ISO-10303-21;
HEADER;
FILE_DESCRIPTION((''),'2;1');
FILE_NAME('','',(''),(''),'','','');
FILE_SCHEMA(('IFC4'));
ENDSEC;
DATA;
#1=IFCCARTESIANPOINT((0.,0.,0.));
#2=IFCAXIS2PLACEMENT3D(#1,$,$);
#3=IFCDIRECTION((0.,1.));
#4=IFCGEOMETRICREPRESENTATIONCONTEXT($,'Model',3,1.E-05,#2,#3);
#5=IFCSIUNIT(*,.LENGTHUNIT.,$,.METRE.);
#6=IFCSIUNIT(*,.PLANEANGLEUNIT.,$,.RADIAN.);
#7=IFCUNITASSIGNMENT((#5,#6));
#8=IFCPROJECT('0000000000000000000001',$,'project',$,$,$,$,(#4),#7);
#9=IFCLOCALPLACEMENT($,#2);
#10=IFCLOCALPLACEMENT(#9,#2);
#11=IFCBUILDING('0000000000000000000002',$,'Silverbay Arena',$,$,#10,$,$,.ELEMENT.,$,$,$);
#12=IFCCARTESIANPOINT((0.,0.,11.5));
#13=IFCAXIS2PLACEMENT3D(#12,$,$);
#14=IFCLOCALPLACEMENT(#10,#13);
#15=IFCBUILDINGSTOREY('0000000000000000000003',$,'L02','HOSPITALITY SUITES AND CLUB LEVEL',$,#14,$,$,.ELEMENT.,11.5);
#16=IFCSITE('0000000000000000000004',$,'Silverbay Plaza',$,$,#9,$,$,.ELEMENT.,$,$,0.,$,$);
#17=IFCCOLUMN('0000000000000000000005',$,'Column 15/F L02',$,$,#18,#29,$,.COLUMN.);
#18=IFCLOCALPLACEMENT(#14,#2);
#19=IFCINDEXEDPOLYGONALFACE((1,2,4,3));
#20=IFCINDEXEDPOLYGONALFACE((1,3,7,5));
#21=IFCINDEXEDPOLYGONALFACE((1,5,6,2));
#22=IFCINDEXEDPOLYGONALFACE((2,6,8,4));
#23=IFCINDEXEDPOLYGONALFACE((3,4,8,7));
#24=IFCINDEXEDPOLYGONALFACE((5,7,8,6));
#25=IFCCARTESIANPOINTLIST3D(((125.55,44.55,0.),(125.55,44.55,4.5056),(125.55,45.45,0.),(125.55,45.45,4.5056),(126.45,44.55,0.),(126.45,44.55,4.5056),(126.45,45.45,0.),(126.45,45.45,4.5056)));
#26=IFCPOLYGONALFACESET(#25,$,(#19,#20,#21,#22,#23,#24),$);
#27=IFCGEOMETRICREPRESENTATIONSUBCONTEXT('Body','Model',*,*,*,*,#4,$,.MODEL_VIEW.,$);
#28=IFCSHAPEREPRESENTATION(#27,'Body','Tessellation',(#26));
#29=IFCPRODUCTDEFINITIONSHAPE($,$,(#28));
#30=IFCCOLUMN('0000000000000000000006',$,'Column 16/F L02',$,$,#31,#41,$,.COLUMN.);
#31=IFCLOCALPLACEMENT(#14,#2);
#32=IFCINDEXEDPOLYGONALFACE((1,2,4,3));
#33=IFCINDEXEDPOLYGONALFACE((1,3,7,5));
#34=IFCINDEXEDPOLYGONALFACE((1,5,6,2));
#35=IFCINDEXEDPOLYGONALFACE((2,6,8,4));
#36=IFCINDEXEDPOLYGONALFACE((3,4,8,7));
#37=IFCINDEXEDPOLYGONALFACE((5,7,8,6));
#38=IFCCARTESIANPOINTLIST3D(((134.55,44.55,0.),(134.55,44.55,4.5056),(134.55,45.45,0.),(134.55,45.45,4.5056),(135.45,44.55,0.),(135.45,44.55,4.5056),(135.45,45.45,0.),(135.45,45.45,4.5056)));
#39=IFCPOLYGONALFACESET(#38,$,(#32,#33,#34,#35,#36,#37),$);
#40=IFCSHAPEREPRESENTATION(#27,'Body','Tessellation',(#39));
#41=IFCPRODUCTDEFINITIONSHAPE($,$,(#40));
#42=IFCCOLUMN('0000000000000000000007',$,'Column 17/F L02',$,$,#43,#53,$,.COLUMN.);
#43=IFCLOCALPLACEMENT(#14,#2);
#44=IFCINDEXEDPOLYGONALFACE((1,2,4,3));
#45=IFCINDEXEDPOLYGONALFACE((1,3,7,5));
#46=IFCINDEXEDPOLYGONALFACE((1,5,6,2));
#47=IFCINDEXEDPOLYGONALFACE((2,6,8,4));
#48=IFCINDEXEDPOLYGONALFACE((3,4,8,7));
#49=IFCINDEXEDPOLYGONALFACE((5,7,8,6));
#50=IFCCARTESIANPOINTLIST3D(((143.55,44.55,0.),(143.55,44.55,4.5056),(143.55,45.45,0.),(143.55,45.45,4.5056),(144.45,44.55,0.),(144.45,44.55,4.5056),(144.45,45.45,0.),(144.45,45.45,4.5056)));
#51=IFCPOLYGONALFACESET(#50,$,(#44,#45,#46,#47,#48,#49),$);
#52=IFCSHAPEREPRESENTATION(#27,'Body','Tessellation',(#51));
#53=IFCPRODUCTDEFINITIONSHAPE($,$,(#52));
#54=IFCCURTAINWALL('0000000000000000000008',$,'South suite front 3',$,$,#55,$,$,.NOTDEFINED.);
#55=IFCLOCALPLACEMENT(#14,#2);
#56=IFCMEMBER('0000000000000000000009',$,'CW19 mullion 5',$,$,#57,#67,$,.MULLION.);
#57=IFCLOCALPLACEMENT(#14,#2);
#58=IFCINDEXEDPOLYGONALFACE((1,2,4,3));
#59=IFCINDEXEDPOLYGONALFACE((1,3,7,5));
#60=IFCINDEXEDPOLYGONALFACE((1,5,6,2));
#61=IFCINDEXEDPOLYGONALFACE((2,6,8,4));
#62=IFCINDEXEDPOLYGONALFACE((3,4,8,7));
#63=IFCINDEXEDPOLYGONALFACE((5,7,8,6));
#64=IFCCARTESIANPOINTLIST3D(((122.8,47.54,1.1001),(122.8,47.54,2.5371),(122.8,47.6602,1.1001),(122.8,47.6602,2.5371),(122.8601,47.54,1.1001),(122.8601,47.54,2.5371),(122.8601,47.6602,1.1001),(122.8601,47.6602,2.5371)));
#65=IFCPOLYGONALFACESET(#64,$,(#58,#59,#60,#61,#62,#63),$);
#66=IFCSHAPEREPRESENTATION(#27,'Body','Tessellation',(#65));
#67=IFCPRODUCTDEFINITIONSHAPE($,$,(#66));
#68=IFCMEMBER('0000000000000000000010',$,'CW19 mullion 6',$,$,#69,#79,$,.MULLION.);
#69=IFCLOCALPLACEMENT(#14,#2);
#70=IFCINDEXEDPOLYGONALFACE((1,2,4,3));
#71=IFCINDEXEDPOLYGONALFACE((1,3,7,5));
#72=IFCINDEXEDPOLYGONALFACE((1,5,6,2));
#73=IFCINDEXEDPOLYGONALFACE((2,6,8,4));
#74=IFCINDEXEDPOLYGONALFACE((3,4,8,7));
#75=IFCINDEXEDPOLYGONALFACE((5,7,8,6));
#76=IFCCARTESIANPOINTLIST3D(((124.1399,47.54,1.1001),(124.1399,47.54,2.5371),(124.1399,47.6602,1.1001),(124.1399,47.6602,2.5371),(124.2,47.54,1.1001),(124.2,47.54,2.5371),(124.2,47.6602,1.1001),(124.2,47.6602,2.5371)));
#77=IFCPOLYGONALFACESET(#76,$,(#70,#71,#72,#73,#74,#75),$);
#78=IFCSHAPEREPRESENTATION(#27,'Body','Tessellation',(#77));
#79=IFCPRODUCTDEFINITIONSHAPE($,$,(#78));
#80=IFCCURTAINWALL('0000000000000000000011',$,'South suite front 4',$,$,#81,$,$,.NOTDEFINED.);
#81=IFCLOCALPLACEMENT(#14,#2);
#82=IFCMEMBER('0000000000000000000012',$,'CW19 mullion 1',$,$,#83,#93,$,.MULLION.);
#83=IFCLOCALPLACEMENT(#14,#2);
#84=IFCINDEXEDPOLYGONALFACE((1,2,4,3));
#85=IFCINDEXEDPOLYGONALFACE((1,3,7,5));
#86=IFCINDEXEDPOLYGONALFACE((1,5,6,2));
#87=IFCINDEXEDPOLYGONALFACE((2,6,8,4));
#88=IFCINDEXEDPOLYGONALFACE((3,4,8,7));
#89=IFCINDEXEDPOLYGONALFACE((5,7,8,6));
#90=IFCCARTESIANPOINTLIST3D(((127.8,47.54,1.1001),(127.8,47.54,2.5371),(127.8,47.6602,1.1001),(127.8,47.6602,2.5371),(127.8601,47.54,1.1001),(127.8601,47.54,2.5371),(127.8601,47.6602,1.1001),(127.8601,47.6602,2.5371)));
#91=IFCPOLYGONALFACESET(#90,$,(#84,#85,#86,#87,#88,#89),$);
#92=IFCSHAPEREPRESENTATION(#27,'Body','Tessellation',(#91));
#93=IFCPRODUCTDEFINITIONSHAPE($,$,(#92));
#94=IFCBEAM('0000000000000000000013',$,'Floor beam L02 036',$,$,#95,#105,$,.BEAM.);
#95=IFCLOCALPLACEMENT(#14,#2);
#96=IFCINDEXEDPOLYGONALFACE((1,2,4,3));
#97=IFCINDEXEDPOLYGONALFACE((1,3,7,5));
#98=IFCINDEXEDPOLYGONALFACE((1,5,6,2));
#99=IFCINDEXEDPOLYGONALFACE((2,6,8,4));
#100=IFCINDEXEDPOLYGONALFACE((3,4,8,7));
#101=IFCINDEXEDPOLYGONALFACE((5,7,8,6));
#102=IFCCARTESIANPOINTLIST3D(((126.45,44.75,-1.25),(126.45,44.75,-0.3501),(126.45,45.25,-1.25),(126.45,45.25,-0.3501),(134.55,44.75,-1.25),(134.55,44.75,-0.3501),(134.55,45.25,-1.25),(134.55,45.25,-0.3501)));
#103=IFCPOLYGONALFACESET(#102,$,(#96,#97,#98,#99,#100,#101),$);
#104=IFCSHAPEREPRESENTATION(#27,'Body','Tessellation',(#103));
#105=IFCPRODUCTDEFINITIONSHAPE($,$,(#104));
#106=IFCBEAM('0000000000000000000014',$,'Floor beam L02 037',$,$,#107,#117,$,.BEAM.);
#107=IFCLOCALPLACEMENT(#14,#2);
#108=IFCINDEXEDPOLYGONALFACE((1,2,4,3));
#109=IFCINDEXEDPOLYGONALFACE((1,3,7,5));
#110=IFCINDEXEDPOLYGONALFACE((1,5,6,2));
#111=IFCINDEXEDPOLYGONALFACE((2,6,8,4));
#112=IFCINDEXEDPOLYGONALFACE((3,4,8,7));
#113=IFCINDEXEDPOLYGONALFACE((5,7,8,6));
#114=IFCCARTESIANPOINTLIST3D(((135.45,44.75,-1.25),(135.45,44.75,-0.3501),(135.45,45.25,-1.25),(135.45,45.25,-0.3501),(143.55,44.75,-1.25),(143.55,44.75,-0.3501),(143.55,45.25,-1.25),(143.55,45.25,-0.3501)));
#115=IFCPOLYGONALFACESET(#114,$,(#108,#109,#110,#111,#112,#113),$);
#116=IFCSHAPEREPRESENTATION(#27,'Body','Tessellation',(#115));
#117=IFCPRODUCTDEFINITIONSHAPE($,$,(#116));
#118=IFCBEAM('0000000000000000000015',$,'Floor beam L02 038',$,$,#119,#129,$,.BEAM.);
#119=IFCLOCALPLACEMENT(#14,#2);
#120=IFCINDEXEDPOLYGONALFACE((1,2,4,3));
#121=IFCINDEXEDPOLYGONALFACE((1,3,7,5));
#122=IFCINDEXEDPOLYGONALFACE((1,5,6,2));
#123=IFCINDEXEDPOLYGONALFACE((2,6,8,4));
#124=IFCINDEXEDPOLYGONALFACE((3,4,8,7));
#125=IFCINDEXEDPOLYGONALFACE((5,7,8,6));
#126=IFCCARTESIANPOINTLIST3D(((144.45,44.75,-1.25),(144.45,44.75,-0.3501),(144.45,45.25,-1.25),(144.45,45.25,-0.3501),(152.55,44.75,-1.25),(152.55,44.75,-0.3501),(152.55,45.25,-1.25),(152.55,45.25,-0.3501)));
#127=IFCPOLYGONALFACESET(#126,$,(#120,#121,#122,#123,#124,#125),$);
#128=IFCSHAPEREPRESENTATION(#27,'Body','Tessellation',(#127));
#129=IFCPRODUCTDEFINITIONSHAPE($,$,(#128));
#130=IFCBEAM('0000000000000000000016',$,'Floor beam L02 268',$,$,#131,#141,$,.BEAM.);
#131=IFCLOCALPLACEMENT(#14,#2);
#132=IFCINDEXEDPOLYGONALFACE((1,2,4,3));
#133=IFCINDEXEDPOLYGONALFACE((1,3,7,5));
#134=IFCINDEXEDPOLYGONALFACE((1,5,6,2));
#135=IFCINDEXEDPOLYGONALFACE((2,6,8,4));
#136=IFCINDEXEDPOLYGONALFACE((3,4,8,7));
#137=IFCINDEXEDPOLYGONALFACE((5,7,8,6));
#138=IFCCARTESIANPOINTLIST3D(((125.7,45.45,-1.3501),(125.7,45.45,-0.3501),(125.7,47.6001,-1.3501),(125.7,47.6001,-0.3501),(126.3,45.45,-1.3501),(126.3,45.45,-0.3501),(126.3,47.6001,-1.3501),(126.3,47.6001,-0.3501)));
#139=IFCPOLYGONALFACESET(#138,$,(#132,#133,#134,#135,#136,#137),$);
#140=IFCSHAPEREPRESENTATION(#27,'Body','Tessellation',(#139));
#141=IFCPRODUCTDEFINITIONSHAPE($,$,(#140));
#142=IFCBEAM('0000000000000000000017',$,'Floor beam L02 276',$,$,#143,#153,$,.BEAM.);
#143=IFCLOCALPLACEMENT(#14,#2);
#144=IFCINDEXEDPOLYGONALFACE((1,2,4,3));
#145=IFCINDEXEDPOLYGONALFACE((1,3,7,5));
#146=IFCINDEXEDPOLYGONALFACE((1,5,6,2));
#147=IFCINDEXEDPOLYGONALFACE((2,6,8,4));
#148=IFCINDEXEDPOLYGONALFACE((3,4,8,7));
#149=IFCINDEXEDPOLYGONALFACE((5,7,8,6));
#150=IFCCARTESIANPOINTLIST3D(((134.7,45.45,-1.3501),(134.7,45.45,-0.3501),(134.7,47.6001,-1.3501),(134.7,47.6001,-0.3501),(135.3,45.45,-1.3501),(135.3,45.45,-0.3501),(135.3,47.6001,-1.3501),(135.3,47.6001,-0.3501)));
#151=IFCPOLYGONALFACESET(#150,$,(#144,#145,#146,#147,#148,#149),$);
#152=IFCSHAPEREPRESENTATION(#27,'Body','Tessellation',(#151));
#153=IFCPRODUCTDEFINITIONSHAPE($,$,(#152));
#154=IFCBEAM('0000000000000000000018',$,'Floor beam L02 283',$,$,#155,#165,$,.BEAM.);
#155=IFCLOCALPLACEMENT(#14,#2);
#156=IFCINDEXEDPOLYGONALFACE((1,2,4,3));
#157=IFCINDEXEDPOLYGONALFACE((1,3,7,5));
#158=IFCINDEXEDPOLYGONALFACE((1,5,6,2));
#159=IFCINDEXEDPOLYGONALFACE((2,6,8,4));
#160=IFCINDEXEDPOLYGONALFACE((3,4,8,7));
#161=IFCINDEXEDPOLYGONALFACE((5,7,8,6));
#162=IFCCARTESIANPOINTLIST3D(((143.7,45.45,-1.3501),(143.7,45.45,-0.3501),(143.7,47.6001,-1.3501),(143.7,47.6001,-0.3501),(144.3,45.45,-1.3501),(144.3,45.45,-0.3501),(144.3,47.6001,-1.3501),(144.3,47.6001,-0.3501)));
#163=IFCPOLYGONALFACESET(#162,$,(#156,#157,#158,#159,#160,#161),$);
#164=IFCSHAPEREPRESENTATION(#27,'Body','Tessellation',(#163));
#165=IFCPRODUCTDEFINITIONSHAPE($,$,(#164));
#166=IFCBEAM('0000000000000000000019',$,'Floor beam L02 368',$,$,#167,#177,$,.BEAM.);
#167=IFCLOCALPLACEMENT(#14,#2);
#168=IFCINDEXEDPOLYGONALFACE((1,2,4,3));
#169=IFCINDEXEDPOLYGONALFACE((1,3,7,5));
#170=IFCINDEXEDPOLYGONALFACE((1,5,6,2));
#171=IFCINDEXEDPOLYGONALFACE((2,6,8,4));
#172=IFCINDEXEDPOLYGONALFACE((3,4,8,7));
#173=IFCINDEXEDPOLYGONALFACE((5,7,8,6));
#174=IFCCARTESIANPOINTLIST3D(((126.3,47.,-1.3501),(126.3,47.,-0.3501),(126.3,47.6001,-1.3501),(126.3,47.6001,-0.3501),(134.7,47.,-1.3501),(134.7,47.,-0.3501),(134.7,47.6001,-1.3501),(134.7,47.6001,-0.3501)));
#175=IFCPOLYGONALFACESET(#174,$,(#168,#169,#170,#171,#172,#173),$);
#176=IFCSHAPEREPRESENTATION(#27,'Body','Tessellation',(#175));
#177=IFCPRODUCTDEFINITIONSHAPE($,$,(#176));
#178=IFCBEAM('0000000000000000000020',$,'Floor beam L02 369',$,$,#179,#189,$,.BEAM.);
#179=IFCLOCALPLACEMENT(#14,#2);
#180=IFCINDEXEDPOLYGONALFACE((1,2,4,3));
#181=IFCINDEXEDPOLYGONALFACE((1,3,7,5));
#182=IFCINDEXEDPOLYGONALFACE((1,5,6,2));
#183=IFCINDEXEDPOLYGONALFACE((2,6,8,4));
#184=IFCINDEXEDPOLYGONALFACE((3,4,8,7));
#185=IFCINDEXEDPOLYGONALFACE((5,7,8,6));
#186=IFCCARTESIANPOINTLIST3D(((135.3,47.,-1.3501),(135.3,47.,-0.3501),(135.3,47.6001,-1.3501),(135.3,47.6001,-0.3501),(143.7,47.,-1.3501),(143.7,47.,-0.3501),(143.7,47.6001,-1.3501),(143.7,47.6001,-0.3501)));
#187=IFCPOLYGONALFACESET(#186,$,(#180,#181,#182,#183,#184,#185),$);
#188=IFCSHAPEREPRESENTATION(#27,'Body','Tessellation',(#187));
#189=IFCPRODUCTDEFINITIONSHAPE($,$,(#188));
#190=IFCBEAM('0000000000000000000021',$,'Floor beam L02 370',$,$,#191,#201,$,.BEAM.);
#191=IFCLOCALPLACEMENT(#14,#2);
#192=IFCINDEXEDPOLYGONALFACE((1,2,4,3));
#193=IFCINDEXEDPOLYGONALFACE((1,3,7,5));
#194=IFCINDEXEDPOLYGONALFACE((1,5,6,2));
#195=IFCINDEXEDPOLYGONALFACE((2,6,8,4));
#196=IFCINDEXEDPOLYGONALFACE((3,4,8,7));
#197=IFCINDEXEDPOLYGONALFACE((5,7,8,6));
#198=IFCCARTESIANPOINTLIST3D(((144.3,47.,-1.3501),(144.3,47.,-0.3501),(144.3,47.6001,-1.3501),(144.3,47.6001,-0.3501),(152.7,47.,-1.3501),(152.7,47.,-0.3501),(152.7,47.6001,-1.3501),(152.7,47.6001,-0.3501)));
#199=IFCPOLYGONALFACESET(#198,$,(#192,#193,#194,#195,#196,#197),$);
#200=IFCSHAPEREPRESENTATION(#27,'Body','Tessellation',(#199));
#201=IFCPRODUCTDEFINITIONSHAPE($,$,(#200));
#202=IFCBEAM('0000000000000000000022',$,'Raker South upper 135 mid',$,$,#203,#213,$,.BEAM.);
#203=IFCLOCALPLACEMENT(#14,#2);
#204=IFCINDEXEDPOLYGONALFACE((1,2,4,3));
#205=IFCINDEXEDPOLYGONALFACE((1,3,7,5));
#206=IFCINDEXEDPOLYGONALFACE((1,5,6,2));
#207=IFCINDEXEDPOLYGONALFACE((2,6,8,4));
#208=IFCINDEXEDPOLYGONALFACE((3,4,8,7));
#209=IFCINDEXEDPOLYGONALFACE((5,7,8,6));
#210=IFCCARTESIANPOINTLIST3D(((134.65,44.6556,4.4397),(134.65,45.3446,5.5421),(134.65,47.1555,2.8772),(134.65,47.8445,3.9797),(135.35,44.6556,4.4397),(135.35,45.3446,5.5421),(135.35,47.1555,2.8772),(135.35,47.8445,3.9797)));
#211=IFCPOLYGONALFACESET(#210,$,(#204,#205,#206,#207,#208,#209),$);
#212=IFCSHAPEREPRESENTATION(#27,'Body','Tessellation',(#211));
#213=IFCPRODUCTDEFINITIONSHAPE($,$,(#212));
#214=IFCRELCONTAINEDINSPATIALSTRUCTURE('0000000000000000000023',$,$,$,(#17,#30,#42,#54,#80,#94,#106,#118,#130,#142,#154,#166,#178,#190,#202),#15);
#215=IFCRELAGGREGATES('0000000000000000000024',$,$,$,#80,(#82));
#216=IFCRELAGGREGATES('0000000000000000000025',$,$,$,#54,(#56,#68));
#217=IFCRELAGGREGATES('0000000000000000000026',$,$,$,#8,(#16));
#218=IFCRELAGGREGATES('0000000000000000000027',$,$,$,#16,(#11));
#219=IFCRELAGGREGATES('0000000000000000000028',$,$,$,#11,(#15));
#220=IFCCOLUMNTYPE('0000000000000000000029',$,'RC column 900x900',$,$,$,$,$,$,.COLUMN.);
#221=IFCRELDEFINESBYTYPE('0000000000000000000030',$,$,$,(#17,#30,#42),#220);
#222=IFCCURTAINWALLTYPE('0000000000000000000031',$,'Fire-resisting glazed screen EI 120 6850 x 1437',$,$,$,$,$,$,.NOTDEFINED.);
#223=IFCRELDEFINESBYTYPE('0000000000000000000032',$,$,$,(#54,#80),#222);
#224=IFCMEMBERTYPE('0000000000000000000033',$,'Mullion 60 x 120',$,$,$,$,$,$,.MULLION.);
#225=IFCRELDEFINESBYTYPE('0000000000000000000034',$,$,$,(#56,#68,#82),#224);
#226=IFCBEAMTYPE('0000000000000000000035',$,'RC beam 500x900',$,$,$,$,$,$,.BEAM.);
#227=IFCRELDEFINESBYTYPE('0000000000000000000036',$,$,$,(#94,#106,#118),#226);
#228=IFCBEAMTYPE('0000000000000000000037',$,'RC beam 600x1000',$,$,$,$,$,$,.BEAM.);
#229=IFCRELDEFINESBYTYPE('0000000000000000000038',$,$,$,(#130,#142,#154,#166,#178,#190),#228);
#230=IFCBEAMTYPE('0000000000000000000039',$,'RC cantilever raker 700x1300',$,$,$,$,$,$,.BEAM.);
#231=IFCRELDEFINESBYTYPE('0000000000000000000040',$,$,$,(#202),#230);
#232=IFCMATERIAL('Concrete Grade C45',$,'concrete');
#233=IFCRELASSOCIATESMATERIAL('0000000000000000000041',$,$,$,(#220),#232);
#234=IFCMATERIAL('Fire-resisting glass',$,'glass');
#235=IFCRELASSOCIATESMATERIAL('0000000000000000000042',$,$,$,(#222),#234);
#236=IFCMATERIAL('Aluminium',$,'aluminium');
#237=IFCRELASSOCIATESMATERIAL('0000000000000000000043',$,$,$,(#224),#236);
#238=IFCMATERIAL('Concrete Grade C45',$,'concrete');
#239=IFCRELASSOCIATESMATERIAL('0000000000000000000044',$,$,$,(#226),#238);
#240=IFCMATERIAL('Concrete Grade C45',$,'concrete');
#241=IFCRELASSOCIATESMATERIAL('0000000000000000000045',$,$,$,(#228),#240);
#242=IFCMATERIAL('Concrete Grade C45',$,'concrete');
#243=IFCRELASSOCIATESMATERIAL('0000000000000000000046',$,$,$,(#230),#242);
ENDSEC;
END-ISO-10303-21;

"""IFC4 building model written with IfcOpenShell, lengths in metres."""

from ifc_helpers import new_model, si_unit, direction, frame, origin, origin_2d, place, context, subcontext, project, spatial, rectangle, extrude, material, material_profile, profile_set, type_object, element, aggregate, save


model = new_model("IFC4")

# Units and contexts
model_context = context("Model", 3, precision=1e-05, world=origin(), true_north=direction((0.0, 1.0)))
body_context = subcontext(model_context, "Body", "Model", "MODEL_VIEW")
ifc_project = project(units=[si_unit("LENGTHUNIT", "METRE"), si_unit("PLANEANGLEUNIT", "RADIAN")], contexts=[model_context])

# Site, building, storey
site_placement = place(None, origin())
site = spatial("IfcSite", under=ifc_project, at=site_placement, Name="Silverbay Plaza", CompositionType="ELEMENT", RefElevation=0.0)
building_placement = place(site_placement, origin())
building = spatial("IfcBuilding", under=site, at=building_placement, Name="Silverbay Arena", CompositionType="ELEMENT")
storey_placement = place(building_placement, frame((0.0, 0.0, 11.5)))
storey = spatial("IfcBuildingStorey", under=building, at=storey_placement, Name="L02", Description="HOSPITALITY SUITES AND CLUB LEVEL", CompositionType="ELEMENT", Elevation=11.5)

# Columns
ifc_material_1 = material(Name="Concrete Grade C45", Category="concrete")
ifc_material_profile_1 = material_profile(ifc_material_1, rectangle(XDim=0.8999, YDim=0.8999, at=origin_2d()), Name="RC 900x900")
ifc_profile_set_1 = profile_set([ifc_material_profile_1], Name="Concrete Grade C45")
column_type = type_object("IfcColumnType", Name="RC column 900x900", PredefinedType="COLUMN", material=ifc_profile_set_1)
for number, where, z_axis, x_axis, name in (
    (1, (126.0, 45.0, 0.0), (0.0, 0.0, 1.0), (1.0, 0.0, 0.0), "Column 15/F L02"),
    (2, (135.0, 45.0, 0.0), (0.0, 0.0, 1.0), (1.0, 0.0, 0.0), "Column 16/F L02"),
    (3, (144.0, 45.0, 0.0), (0.0, 0.0, 1.0), (1.0, 0.0, 0.0), "Column 17/F L02"),
):
    element("IfcColumn", number, at=place(storey_placement, frame(where, z_axis=z_axis, x_axis=x_axis)), inside=storey, type_object=column_type, Name=name, PredefinedType="COLUMN", context=body_context, shape_type="SweptSolid", body=[
        extrude(rectangle(XDim=0.8999, YDim=0.8999, at=origin_2d()), origin(), (0.0, 0.0, 1.0), 4.5056),
    ])

# Curtain wall, members
ifc_material_2 = material(Name="Fire-resisting glass", Category="glass")
curtain_wall_type = type_object("IfcCurtainWallType", Name="Fire-resisting glazed screen EI 120 6850 x 1437", PredefinedType="NOTDEFINED", material=ifc_material_2)
curtain_wall_1_placement = place(storey_placement, origin())
curtain_wall_1 = element("IfcCurtainWall", 4, at=curtain_wall_1_placement, inside=storey, type_object=curtain_wall_type, Name="South suite front 3", PredefinedType="NOTDEFINED")
ifc_material_3 = material(Name="Aluminium", Category="aluminium")
ifc_material_profile_2 = material_profile(ifc_material_3, rectangle(XDim=0.1201, YDim=0.0601, at=origin_2d()), Name="Mullion 60 x 120")
ifc_profile_set_2 = profile_set([ifc_material_profile_2], Name="Aluminium")
member_type_1 = type_object("IfcMemberType", Name="Mullion 60 x 120", PredefinedType="MULLION", material=ifc_profile_set_2)
member_1_placement = place(storey_placement, frame((122.8301, 47.6001, 1.1001), z_axis=(0.0, 0.0, 1.0), x_axis=(0.0, 1.0, 0.0)))
member_1 = element("IfcMember", 5, at=member_1_placement, type_object=member_type_1, Name="CW19 mullion 5", PredefinedType="MULLION", context=body_context, shape_type="SweptSolid", body=[
    extrude(rectangle(XDim=0.1201, YDim=0.0601, at=origin_2d()), origin(), (0.0, 0.0, 1.0), 1.437),
])
member_2_placement = place(storey_placement, frame((124.1699, 47.6001, 1.1001), z_axis=(0.0, 0.0, 1.0), x_axis=(0.0, 1.0, 0.0)))
member_2 = element("IfcMember", 6, at=member_2_placement, type_object=member_type_1, Name="CW19 mullion 6", PredefinedType="MULLION", context=body_context, shape_type="SweptSolid", body=[
    extrude(rectangle(XDim=0.1201, YDim=0.0601, at=origin_2d()), origin(), (0.0, 0.0, 1.0), 1.437),
])

# Curtain wall, member
curtain_wall_2_placement = place(storey_placement, origin())
curtain_wall_2 = element("IfcCurtainWall", 7, at=curtain_wall_2_placement, inside=storey, type_object=curtain_wall_type, Name="South suite front 4", PredefinedType="NOTDEFINED")
member_3_placement = place(storey_placement, frame((127.8301, 47.6001, 1.1001), z_axis=(0.0, 0.0, 1.0), x_axis=(0.0, 1.0, 0.0)))
member_3 = element("IfcMember", 8, at=member_3_placement, type_object=member_type_1, Name="CW19 mullion 1", PredefinedType="MULLION", context=body_context, shape_type="SweptSolid", body=[
    extrude(rectangle(XDim=0.1201, YDim=0.0601, at=origin_2d()), origin(), (0.0, 0.0, 1.0), 1.437),
])
aggregate(curtain_wall_2, [member_3])

# Beams
ifc_material_4 = material(Name="Concrete Grade C45", Category="concrete")
ifc_material_profile_3 = material_profile(ifc_material_4, rectangle(XDim=0.5, YDim=0.8999, at=origin_2d()), Name="RC 500x900")
ifc_profile_set_3 = profile_set([ifc_material_profile_3], Name="Concrete Grade C45")
beam_type_1 = type_object("IfcBeamType", Name="RC beam 500x900", PredefinedType="BEAM", material=ifc_profile_set_3)
for number, where, z_axis, x_axis, name in (
    (9, (126.45, 45.0, -0.8), (1.0, 0.0, 0.0), (0.0, 1.0, 0.0), "Floor beam L02 036"),
    (10, (135.45, 45.0, -0.8), (1.0, 0.0, 0.0), (0.0, 1.0, 0.0), "Floor beam L02 037"),
    (11, (144.45, 45.0, -0.8), (1.0, 0.0, 0.0), (0.0, 1.0, 0.0), "Floor beam L02 038"),
):
    element("IfcBeam", number, at=place(storey_placement, frame(where, z_axis=z_axis, x_axis=x_axis)), inside=storey, type_object=beam_type_1, Name=name, PredefinedType="BEAM", context=body_context, shape_type="SweptSolid", body=[
        extrude(rectangle(XDim=0.5, YDim=0.8999, at=origin_2d()), origin(), (0.0, 0.0, 1.0), 8.1001),
    ])
ifc_material_5 = material(Name="Concrete Grade C45", Category="concrete")
ifc_material_profile_4 = material_profile(ifc_material_5, rectangle(XDim=0.6001, YDim=1.0, at=origin_2d()), Name="RC 600x1000")
ifc_profile_set_4 = profile_set([ifc_material_profile_4], Name="Concrete Grade C45")
beam_type_2 = type_object("IfcBeamType", Name="RC beam 600x1000", PredefinedType="BEAM", material=ifc_profile_set_4)
for number, where, z_axis, x_axis, name in (
    (12, (126.0, 45.45, -0.8501), (0.0, 1.0, 0.0), (-1.0, 0.0, 0.0), "Floor beam L02 268"),
    (13, (135.0, 45.45, -0.8501), (0.0, 1.0, 0.0), (-1.0, 0.0, 0.0), "Floor beam L02 276"),
    (14, (144.0, 45.45, -0.8501), (0.0, 1.0, 0.0), (-1.0, 0.0, 0.0), "Floor beam L02 283"),
):
    element("IfcBeam", number, at=place(storey_placement, frame(where, z_axis=z_axis, x_axis=x_axis)), inside=storey, type_object=beam_type_2, Name=name, PredefinedType="BEAM", context=body_context, shape_type="SweptSolid", body=[
        extrude(rectangle(XDim=0.6001, YDim=1.0, at=origin_2d()), origin(), (0.0, 0.0, 1.0), 2.1501),
    ])
for number, where, z_axis, x_axis, name in (
    (15, (126.3, 47.3, -0.8501), (1.0, 0.0, 0.0), (0.0, 1.0, 0.0), "Floor beam L02 368"),
    (16, (135.3, 47.3, -0.8501), (1.0, 0.0, 0.0), (0.0, 1.0, 0.0), "Floor beam L02 369"),
    (17, (144.3, 47.3, -0.8501), (1.0, 0.0, 0.0), (0.0, 1.0, 0.0), "Floor beam L02 370"),
):
    element("IfcBeam", number, at=place(storey_placement, frame(where, z_axis=z_axis, x_axis=x_axis)), inside=storey, type_object=beam_type_2, Name=name, PredefinedType="BEAM", context=body_context, shape_type="SweptSolid", body=[
        extrude(rectangle(XDim=0.6001, YDim=1.0, at=origin_2d()), origin(), (0.0, 0.0, 1.0), 8.3999),
    ])
ifc_material_6 = material(Name="Concrete Grade C45", Category="concrete")
ifc_material_profile_5 = material_profile(ifc_material_6, rectangle(XDim=0.7, YDim=1.3, at=origin_2d()), Name="RC 700x1300")
ifc_profile_set_5 = profile_set([ifc_material_profile_5], Name="Concrete Grade C45")
beam_type_3 = type_object("IfcBeamType", Name="RC cantilever raker 700x1300", PredefinedType="BEAM", material=ifc_profile_set_5)
beam_1_placement = place(storey_placement, frame((135.0, 47.5, 3.4285), z_axis=(0.0, -0.847998, 0.529999), x_axis=(1.0, 0.0, 0.0)))
element("IfcBeam", 18, at=beam_1_placement, inside=storey, type_object=beam_type_3, Name="Raker South upper 135 mid", PredefinedType="BEAM", context=body_context, shape_type="SweptSolid", body=[
    extrude(rectangle(XDim=0.7, YDim=1.3, at=origin_2d()), origin(), (0.0, 0.0, 1.0), 2.948),
])

aggregate(curtain_wall_1, [member_1, member_2])

save(model, "model.ifc")
